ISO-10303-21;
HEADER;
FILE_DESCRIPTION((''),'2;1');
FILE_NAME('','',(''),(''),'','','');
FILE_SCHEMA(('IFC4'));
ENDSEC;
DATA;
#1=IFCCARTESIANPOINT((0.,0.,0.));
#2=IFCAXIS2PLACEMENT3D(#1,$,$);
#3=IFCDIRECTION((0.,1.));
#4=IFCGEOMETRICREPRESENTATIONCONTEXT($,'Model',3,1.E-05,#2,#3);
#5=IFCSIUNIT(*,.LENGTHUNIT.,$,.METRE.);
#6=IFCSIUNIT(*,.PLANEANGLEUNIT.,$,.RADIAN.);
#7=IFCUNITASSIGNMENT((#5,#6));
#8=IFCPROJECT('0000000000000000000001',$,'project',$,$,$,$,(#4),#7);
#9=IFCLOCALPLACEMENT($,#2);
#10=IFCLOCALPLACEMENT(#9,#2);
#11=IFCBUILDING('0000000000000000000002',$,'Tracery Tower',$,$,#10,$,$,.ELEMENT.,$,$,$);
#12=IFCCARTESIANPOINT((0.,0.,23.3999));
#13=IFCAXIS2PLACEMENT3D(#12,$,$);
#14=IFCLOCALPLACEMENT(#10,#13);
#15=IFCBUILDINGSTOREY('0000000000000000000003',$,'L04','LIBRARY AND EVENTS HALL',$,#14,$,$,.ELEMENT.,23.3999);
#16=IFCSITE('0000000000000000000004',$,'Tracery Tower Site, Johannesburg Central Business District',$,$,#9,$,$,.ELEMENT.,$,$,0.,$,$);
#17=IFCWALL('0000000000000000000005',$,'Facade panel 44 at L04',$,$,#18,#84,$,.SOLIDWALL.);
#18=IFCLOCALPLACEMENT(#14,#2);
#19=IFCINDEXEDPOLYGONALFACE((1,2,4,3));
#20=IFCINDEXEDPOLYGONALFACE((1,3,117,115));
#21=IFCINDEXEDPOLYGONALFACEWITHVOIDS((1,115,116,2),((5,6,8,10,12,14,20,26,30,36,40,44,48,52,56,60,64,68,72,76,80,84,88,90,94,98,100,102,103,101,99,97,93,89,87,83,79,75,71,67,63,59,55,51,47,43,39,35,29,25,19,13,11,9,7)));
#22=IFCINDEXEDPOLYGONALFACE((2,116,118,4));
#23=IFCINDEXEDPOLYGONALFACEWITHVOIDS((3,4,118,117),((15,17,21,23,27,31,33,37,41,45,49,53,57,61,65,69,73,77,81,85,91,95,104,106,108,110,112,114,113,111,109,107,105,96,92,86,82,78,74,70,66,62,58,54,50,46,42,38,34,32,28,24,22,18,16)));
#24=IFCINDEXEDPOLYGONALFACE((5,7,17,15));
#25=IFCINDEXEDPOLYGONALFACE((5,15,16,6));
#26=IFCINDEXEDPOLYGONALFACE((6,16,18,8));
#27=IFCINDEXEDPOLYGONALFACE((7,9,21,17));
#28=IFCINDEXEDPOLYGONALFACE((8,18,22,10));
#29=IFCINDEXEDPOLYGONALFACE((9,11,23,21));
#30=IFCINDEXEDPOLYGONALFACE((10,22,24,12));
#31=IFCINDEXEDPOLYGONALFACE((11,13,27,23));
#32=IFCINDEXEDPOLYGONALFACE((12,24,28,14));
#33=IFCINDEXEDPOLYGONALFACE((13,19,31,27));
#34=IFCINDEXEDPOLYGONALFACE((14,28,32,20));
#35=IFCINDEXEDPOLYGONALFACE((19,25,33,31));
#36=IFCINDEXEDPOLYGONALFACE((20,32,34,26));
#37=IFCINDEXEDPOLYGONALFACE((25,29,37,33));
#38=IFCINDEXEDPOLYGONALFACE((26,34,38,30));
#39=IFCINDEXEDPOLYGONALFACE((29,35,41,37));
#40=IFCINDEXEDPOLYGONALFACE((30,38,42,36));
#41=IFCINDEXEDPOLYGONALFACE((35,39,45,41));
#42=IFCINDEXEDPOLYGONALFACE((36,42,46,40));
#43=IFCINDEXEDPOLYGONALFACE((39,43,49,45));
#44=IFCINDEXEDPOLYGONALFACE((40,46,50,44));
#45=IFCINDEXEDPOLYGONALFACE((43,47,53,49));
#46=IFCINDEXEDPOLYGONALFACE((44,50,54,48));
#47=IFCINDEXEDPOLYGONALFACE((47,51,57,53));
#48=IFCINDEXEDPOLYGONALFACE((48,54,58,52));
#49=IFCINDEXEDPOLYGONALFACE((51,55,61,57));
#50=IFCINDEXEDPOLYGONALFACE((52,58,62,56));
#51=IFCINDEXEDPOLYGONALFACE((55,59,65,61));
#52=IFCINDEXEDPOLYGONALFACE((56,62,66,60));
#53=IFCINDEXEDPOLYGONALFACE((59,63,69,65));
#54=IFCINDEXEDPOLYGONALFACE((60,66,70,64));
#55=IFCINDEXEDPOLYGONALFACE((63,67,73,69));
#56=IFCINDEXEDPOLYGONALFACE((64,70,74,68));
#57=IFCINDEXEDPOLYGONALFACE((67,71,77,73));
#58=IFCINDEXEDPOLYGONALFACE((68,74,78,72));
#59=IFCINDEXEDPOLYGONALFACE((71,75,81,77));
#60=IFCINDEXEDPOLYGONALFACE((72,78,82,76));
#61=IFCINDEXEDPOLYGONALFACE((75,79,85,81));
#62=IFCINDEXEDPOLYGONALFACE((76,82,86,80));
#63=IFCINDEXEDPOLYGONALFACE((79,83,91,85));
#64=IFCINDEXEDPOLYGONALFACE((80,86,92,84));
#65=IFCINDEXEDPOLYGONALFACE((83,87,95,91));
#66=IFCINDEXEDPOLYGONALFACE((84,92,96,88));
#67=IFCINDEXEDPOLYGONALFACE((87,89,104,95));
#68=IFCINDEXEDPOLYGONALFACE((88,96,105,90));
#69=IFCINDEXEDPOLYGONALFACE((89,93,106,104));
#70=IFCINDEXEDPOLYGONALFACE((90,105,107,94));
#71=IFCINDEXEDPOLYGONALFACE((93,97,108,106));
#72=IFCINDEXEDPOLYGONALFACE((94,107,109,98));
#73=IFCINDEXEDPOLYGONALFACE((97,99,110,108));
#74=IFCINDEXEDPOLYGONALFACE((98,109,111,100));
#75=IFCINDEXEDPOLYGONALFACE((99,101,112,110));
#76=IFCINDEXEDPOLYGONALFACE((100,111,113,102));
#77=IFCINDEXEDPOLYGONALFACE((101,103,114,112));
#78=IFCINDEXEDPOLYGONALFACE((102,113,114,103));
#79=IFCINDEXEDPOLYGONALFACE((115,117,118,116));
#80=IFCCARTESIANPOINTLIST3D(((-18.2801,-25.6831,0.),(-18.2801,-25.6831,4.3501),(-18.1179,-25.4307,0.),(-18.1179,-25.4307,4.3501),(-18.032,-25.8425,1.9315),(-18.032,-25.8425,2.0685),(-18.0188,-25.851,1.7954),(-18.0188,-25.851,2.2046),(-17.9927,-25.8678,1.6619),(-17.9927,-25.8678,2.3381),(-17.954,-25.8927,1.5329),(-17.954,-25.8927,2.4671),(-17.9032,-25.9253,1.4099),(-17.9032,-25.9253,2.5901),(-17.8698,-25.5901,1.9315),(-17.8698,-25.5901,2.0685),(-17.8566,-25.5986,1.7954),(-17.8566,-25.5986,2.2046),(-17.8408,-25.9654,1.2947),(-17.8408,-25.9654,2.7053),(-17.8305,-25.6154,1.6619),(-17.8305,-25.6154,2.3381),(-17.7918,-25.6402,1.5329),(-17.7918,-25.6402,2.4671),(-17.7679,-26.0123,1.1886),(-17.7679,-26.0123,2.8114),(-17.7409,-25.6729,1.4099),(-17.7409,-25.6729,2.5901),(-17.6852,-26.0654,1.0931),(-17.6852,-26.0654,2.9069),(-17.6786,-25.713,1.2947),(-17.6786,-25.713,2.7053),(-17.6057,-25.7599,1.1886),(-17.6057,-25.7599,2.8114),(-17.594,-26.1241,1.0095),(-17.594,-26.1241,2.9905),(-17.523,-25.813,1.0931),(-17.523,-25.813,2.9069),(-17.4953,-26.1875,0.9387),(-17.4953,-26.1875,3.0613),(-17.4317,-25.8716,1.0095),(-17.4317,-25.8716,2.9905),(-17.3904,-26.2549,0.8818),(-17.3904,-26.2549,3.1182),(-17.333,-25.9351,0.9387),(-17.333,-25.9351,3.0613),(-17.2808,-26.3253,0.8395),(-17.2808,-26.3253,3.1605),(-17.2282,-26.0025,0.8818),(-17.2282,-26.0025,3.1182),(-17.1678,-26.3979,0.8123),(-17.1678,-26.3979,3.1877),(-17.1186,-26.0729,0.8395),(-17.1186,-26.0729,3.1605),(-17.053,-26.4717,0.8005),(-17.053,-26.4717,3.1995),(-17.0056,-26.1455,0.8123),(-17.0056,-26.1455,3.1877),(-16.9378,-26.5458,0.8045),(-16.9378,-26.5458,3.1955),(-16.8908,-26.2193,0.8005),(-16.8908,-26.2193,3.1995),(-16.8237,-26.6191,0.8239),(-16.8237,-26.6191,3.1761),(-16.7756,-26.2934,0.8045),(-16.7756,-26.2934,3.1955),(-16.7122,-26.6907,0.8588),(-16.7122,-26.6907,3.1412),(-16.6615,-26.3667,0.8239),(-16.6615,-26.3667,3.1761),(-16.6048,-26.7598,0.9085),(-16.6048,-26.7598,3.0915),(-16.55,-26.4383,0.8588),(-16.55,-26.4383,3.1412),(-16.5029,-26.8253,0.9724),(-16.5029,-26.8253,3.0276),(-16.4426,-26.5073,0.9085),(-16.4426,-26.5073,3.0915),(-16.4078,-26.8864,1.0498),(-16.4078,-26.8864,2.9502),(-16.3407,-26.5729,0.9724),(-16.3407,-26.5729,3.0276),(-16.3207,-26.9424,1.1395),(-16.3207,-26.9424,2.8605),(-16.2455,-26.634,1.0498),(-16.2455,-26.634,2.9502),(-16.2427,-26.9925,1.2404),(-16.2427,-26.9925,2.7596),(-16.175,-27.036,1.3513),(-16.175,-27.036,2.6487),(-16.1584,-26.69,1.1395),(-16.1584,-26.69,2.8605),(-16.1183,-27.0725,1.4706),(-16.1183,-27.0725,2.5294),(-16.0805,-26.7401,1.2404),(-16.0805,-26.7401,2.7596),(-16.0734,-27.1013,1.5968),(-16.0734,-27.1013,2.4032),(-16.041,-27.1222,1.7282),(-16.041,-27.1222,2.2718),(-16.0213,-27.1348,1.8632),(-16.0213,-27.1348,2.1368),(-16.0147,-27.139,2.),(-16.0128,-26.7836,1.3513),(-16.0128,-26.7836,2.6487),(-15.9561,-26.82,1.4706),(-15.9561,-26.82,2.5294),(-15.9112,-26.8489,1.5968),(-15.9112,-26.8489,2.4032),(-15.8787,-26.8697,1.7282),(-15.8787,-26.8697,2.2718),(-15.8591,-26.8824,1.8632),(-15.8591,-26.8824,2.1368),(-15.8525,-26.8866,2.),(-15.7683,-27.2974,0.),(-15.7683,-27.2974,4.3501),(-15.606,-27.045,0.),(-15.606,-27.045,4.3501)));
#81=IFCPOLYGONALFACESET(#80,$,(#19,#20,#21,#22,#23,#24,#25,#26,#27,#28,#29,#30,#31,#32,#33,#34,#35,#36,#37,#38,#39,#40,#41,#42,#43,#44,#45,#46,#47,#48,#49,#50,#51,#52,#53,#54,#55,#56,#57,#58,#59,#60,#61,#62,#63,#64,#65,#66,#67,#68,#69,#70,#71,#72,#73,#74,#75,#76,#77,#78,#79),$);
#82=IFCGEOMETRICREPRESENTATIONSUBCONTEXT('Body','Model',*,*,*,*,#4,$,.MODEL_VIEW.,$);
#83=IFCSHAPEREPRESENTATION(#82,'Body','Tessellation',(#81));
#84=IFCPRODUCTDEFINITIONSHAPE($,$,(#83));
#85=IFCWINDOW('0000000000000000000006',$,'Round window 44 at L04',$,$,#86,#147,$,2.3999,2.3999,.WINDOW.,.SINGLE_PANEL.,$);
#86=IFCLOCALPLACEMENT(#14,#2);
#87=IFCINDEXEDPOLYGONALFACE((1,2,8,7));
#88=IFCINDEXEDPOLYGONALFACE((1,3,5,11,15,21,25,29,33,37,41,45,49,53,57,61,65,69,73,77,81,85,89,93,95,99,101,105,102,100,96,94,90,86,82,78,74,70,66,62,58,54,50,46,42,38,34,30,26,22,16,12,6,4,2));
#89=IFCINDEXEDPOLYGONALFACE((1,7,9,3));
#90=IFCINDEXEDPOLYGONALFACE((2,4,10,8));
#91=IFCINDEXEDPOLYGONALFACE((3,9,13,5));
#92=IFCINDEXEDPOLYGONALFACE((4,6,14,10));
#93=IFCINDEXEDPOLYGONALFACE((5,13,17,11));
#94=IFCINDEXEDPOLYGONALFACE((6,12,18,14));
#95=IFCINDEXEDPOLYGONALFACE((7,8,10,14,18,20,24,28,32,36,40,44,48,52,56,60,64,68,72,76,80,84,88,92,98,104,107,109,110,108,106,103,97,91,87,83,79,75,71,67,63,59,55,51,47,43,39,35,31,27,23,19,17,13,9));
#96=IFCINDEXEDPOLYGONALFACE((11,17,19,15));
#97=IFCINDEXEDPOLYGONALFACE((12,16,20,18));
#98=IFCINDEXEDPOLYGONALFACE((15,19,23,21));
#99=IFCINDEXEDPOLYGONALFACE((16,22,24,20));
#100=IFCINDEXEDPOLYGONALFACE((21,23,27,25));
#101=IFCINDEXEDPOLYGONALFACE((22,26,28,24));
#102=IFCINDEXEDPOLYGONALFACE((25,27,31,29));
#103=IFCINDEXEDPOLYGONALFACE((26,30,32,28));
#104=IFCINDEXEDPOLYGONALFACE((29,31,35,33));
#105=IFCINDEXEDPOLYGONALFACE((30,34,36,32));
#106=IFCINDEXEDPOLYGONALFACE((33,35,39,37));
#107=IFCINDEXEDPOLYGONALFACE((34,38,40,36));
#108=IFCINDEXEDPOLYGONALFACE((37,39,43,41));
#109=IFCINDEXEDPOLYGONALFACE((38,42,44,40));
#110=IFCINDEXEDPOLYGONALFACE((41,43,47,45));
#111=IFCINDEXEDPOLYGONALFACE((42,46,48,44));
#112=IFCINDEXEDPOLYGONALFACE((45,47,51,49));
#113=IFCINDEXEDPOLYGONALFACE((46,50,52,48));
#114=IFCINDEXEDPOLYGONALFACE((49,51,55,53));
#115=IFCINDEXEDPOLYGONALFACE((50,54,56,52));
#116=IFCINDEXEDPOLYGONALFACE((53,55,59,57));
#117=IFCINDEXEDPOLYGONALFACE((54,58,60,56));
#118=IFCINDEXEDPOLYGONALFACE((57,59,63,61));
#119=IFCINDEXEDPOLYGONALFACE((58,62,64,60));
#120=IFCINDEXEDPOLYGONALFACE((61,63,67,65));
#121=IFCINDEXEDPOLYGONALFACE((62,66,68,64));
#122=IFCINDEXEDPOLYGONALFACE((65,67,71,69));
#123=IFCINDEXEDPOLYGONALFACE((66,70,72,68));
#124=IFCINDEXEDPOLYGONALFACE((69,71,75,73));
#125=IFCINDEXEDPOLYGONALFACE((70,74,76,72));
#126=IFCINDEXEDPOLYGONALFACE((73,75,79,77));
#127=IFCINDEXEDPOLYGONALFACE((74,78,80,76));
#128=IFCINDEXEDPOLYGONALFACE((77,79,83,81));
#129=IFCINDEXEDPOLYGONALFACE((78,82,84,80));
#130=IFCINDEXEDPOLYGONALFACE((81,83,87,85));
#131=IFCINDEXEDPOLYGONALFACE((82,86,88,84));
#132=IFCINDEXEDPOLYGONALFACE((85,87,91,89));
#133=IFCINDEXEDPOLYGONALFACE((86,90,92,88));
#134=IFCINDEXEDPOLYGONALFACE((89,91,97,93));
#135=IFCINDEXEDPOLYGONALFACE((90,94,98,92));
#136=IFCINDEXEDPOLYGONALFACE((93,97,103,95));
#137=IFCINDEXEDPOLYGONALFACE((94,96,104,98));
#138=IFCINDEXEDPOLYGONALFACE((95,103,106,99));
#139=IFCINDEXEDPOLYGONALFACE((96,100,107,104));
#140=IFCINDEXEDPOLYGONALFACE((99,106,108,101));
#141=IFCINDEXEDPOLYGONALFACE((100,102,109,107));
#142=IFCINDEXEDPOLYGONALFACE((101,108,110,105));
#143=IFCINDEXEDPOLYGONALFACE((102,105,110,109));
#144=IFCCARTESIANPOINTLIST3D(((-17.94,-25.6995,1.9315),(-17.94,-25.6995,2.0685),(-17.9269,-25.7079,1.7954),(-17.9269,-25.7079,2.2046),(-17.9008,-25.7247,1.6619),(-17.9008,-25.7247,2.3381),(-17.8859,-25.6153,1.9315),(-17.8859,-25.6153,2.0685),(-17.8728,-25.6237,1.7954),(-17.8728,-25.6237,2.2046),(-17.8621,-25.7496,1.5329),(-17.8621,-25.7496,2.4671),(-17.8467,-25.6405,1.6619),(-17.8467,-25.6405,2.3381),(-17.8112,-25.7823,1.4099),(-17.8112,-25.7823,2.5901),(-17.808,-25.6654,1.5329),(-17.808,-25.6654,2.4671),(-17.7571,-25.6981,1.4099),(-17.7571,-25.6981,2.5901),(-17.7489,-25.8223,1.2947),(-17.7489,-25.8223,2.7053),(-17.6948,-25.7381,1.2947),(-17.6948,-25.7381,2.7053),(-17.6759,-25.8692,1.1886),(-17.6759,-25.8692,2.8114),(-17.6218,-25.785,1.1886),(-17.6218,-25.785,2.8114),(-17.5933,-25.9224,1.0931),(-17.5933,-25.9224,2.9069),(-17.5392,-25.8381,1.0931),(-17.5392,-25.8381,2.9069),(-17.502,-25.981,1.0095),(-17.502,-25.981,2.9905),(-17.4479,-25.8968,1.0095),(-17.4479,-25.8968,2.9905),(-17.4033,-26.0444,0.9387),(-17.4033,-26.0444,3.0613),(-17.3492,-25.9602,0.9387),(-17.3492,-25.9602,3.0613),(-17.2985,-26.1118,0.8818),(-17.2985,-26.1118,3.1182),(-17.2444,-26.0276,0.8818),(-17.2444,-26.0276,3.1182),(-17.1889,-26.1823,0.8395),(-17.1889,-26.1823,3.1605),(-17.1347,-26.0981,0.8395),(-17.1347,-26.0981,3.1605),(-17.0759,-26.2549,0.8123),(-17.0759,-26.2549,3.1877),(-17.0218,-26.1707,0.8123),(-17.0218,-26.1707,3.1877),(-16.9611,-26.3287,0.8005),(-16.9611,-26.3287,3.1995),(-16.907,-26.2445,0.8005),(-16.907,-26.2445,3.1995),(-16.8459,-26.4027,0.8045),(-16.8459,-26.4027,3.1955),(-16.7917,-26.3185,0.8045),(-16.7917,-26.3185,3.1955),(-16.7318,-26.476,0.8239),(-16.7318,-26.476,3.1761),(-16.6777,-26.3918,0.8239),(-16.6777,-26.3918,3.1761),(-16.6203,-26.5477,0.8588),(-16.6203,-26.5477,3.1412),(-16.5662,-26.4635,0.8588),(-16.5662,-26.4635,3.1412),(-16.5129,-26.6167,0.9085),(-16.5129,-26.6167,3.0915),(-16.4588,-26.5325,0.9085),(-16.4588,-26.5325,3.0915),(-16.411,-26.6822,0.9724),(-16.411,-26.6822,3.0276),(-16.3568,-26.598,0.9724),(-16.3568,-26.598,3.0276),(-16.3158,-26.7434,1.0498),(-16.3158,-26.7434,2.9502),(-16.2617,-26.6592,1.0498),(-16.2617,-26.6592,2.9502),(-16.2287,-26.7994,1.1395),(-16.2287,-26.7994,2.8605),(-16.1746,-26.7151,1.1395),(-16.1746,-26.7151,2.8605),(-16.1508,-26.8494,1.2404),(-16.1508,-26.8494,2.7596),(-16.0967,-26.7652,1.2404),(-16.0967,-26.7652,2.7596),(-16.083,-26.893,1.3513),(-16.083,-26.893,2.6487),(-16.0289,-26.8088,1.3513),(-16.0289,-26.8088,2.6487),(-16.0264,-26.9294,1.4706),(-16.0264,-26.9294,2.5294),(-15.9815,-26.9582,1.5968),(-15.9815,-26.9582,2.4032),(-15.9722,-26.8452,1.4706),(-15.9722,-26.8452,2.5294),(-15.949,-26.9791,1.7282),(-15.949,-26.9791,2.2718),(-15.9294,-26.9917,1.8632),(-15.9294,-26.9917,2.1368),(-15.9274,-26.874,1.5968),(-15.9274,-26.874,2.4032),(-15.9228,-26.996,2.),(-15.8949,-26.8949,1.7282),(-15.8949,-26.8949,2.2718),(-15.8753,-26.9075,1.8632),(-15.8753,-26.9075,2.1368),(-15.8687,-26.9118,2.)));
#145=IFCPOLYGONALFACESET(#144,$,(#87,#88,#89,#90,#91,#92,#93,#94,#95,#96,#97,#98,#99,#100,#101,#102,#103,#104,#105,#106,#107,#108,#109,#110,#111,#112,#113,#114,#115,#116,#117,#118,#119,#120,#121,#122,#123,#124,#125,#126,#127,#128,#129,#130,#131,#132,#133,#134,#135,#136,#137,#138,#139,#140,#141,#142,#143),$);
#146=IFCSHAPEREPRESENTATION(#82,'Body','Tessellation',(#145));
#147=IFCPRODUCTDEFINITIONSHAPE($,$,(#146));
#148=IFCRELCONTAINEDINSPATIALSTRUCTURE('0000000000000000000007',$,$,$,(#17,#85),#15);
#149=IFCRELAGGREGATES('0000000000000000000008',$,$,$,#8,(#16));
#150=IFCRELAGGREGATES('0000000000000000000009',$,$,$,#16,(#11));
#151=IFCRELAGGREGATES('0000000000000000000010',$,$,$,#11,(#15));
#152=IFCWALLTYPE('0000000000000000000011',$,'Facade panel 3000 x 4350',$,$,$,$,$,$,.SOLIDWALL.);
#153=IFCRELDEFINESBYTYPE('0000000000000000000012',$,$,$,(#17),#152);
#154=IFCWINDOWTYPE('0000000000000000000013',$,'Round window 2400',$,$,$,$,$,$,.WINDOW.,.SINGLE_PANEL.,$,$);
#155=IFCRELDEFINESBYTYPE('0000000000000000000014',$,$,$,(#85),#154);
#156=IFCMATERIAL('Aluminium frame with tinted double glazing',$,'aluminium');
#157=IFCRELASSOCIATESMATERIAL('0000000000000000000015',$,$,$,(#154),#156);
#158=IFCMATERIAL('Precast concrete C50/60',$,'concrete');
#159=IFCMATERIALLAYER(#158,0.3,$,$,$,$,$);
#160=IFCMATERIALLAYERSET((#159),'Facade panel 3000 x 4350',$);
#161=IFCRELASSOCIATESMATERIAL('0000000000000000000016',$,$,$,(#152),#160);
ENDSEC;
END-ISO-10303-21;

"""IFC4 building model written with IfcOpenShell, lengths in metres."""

from ifc_helpers import new_model, si_unit, direction, frame, frame_2d, origin, origin_2d, place, context, subcontext, project, spatial, rectangle, circle, extrude, material, layer, layer_set, type_object, element, fill, save


model = new_model("IFC4")

# Units and contexts
model_context = context("Model", 3, precision=1e-05, world=origin(), true_north=direction((0.0, 1.0)))
body_context = subcontext(model_context, "Body", "Model", "MODEL_VIEW")
ifc_project = project(units=[si_unit("LENGTHUNIT", "METRE"), si_unit("PLANEANGLEUNIT", "RADIAN")], contexts=[model_context])

# Site, building, storey
site_placement = place(None, origin())
site = spatial("IfcSite", under=ifc_project, at=site_placement, Name="Tracery Tower Site, Johannesburg Central Business District", CompositionType="ELEMENT", RefElevation=0.0)
building_placement = place(site_placement, origin())
building = spatial("IfcBuilding", under=site, at=building_placement, Name="Tracery Tower", CompositionType="ELEMENT")
storey_placement = place(building_placement, frame((0.0, 0.0, 23.3999)))
storey = spatial("IfcBuildingStorey", under=building, at=storey_placement, Name="L04", Description="LIBRARY AND EVENTS HALL", CompositionType="ELEMENT", Elevation=23.3999)

# Wall, opening, window
ifc_material_1 = material(Name="Aluminium frame with tinted double glazing", Category="aluminium")
window_type = type_object("IfcWindowType", Name="Round window 2400", PartitioningType="SINGLE_PANEL", PredefinedType="WINDOW", material=ifc_material_1)
ifc_material_2 = material(Name="Precast concrete C50/60", Category="concrete")
ifc_layer_1 = layer(ifc_material_2, 0.3)
ifc_layer_set_1 = layer_set([ifc_layer_1], Name="Facade panel 3000 x 4350")
wall_type_1 = type_object("IfcWallType", Name="Facade panel 3000 x 4350", PredefinedType="SOLIDWALL", material=ifc_layer_set_1)
wall_1_placement = place(storey_placement, frame((-18.199, -25.5569, 0.0), z_axis=(0.0, 0.0, 1.0), x_axis=(0.841242, -0.540658, 0.0)))
wall_1 = element("IfcWall", 1, at=wall_1_placement, inside=storey, type_object=wall_type_1, Name="Facade panel 44 at L04", PredefinedType="SOLIDWALL", context=body_context, shape_type="SweptSolid", body=[
    extrude(rectangle(XDim=2.9858, YDim=0.3, at=frame_2d((1.4929, 0.0))), origin(), (0.0, 0.0, 1.0), 4.3501),
])
opening_1_placement = place(wall_1_placement, frame((1.4929, 0.0, 2.0)))
opening_1 = element("IfcOpeningElement", 2, at=opening_1_placement, cuts=wall_1, PredefinedType="OPENING", context=body_context, shape_type="SweptSolid", body=[
    extrude(circle(Radius=1.2, at=origin_2d()), frame((0.0, 0.1599, 0.0), z_axis=(0.0, -1.0, 0.0), x_axis=(1.0, 0.0, 0.0)), (0.0, 0.0, 1.0), 0.3201),
])
window_1_placement = place(opening_1_placement, origin())
window_1 = element("IfcWindow", 3, at=window_1_placement, inside=storey, type_object=window_type, Name="Round window 44 at L04", OverallHeight=2.3999, OverallWidth=2.3999, PartitioningType="SINGLE_PANEL", PredefinedType="WINDOW", context=body_context, shape_type="SweptSolid", body=[
    extrude(circle(Radius=1.2, at=origin_2d()), frame((0.0, 0.1201, 0.0), z_axis=(0.0, -1.0, 0.0), x_axis=(1.0, 0.0, 0.0)), (0.0, 0.0, 1.0), 0.1001),
])
fill(opening_1, window_1)

save(model, "model.ifc")
